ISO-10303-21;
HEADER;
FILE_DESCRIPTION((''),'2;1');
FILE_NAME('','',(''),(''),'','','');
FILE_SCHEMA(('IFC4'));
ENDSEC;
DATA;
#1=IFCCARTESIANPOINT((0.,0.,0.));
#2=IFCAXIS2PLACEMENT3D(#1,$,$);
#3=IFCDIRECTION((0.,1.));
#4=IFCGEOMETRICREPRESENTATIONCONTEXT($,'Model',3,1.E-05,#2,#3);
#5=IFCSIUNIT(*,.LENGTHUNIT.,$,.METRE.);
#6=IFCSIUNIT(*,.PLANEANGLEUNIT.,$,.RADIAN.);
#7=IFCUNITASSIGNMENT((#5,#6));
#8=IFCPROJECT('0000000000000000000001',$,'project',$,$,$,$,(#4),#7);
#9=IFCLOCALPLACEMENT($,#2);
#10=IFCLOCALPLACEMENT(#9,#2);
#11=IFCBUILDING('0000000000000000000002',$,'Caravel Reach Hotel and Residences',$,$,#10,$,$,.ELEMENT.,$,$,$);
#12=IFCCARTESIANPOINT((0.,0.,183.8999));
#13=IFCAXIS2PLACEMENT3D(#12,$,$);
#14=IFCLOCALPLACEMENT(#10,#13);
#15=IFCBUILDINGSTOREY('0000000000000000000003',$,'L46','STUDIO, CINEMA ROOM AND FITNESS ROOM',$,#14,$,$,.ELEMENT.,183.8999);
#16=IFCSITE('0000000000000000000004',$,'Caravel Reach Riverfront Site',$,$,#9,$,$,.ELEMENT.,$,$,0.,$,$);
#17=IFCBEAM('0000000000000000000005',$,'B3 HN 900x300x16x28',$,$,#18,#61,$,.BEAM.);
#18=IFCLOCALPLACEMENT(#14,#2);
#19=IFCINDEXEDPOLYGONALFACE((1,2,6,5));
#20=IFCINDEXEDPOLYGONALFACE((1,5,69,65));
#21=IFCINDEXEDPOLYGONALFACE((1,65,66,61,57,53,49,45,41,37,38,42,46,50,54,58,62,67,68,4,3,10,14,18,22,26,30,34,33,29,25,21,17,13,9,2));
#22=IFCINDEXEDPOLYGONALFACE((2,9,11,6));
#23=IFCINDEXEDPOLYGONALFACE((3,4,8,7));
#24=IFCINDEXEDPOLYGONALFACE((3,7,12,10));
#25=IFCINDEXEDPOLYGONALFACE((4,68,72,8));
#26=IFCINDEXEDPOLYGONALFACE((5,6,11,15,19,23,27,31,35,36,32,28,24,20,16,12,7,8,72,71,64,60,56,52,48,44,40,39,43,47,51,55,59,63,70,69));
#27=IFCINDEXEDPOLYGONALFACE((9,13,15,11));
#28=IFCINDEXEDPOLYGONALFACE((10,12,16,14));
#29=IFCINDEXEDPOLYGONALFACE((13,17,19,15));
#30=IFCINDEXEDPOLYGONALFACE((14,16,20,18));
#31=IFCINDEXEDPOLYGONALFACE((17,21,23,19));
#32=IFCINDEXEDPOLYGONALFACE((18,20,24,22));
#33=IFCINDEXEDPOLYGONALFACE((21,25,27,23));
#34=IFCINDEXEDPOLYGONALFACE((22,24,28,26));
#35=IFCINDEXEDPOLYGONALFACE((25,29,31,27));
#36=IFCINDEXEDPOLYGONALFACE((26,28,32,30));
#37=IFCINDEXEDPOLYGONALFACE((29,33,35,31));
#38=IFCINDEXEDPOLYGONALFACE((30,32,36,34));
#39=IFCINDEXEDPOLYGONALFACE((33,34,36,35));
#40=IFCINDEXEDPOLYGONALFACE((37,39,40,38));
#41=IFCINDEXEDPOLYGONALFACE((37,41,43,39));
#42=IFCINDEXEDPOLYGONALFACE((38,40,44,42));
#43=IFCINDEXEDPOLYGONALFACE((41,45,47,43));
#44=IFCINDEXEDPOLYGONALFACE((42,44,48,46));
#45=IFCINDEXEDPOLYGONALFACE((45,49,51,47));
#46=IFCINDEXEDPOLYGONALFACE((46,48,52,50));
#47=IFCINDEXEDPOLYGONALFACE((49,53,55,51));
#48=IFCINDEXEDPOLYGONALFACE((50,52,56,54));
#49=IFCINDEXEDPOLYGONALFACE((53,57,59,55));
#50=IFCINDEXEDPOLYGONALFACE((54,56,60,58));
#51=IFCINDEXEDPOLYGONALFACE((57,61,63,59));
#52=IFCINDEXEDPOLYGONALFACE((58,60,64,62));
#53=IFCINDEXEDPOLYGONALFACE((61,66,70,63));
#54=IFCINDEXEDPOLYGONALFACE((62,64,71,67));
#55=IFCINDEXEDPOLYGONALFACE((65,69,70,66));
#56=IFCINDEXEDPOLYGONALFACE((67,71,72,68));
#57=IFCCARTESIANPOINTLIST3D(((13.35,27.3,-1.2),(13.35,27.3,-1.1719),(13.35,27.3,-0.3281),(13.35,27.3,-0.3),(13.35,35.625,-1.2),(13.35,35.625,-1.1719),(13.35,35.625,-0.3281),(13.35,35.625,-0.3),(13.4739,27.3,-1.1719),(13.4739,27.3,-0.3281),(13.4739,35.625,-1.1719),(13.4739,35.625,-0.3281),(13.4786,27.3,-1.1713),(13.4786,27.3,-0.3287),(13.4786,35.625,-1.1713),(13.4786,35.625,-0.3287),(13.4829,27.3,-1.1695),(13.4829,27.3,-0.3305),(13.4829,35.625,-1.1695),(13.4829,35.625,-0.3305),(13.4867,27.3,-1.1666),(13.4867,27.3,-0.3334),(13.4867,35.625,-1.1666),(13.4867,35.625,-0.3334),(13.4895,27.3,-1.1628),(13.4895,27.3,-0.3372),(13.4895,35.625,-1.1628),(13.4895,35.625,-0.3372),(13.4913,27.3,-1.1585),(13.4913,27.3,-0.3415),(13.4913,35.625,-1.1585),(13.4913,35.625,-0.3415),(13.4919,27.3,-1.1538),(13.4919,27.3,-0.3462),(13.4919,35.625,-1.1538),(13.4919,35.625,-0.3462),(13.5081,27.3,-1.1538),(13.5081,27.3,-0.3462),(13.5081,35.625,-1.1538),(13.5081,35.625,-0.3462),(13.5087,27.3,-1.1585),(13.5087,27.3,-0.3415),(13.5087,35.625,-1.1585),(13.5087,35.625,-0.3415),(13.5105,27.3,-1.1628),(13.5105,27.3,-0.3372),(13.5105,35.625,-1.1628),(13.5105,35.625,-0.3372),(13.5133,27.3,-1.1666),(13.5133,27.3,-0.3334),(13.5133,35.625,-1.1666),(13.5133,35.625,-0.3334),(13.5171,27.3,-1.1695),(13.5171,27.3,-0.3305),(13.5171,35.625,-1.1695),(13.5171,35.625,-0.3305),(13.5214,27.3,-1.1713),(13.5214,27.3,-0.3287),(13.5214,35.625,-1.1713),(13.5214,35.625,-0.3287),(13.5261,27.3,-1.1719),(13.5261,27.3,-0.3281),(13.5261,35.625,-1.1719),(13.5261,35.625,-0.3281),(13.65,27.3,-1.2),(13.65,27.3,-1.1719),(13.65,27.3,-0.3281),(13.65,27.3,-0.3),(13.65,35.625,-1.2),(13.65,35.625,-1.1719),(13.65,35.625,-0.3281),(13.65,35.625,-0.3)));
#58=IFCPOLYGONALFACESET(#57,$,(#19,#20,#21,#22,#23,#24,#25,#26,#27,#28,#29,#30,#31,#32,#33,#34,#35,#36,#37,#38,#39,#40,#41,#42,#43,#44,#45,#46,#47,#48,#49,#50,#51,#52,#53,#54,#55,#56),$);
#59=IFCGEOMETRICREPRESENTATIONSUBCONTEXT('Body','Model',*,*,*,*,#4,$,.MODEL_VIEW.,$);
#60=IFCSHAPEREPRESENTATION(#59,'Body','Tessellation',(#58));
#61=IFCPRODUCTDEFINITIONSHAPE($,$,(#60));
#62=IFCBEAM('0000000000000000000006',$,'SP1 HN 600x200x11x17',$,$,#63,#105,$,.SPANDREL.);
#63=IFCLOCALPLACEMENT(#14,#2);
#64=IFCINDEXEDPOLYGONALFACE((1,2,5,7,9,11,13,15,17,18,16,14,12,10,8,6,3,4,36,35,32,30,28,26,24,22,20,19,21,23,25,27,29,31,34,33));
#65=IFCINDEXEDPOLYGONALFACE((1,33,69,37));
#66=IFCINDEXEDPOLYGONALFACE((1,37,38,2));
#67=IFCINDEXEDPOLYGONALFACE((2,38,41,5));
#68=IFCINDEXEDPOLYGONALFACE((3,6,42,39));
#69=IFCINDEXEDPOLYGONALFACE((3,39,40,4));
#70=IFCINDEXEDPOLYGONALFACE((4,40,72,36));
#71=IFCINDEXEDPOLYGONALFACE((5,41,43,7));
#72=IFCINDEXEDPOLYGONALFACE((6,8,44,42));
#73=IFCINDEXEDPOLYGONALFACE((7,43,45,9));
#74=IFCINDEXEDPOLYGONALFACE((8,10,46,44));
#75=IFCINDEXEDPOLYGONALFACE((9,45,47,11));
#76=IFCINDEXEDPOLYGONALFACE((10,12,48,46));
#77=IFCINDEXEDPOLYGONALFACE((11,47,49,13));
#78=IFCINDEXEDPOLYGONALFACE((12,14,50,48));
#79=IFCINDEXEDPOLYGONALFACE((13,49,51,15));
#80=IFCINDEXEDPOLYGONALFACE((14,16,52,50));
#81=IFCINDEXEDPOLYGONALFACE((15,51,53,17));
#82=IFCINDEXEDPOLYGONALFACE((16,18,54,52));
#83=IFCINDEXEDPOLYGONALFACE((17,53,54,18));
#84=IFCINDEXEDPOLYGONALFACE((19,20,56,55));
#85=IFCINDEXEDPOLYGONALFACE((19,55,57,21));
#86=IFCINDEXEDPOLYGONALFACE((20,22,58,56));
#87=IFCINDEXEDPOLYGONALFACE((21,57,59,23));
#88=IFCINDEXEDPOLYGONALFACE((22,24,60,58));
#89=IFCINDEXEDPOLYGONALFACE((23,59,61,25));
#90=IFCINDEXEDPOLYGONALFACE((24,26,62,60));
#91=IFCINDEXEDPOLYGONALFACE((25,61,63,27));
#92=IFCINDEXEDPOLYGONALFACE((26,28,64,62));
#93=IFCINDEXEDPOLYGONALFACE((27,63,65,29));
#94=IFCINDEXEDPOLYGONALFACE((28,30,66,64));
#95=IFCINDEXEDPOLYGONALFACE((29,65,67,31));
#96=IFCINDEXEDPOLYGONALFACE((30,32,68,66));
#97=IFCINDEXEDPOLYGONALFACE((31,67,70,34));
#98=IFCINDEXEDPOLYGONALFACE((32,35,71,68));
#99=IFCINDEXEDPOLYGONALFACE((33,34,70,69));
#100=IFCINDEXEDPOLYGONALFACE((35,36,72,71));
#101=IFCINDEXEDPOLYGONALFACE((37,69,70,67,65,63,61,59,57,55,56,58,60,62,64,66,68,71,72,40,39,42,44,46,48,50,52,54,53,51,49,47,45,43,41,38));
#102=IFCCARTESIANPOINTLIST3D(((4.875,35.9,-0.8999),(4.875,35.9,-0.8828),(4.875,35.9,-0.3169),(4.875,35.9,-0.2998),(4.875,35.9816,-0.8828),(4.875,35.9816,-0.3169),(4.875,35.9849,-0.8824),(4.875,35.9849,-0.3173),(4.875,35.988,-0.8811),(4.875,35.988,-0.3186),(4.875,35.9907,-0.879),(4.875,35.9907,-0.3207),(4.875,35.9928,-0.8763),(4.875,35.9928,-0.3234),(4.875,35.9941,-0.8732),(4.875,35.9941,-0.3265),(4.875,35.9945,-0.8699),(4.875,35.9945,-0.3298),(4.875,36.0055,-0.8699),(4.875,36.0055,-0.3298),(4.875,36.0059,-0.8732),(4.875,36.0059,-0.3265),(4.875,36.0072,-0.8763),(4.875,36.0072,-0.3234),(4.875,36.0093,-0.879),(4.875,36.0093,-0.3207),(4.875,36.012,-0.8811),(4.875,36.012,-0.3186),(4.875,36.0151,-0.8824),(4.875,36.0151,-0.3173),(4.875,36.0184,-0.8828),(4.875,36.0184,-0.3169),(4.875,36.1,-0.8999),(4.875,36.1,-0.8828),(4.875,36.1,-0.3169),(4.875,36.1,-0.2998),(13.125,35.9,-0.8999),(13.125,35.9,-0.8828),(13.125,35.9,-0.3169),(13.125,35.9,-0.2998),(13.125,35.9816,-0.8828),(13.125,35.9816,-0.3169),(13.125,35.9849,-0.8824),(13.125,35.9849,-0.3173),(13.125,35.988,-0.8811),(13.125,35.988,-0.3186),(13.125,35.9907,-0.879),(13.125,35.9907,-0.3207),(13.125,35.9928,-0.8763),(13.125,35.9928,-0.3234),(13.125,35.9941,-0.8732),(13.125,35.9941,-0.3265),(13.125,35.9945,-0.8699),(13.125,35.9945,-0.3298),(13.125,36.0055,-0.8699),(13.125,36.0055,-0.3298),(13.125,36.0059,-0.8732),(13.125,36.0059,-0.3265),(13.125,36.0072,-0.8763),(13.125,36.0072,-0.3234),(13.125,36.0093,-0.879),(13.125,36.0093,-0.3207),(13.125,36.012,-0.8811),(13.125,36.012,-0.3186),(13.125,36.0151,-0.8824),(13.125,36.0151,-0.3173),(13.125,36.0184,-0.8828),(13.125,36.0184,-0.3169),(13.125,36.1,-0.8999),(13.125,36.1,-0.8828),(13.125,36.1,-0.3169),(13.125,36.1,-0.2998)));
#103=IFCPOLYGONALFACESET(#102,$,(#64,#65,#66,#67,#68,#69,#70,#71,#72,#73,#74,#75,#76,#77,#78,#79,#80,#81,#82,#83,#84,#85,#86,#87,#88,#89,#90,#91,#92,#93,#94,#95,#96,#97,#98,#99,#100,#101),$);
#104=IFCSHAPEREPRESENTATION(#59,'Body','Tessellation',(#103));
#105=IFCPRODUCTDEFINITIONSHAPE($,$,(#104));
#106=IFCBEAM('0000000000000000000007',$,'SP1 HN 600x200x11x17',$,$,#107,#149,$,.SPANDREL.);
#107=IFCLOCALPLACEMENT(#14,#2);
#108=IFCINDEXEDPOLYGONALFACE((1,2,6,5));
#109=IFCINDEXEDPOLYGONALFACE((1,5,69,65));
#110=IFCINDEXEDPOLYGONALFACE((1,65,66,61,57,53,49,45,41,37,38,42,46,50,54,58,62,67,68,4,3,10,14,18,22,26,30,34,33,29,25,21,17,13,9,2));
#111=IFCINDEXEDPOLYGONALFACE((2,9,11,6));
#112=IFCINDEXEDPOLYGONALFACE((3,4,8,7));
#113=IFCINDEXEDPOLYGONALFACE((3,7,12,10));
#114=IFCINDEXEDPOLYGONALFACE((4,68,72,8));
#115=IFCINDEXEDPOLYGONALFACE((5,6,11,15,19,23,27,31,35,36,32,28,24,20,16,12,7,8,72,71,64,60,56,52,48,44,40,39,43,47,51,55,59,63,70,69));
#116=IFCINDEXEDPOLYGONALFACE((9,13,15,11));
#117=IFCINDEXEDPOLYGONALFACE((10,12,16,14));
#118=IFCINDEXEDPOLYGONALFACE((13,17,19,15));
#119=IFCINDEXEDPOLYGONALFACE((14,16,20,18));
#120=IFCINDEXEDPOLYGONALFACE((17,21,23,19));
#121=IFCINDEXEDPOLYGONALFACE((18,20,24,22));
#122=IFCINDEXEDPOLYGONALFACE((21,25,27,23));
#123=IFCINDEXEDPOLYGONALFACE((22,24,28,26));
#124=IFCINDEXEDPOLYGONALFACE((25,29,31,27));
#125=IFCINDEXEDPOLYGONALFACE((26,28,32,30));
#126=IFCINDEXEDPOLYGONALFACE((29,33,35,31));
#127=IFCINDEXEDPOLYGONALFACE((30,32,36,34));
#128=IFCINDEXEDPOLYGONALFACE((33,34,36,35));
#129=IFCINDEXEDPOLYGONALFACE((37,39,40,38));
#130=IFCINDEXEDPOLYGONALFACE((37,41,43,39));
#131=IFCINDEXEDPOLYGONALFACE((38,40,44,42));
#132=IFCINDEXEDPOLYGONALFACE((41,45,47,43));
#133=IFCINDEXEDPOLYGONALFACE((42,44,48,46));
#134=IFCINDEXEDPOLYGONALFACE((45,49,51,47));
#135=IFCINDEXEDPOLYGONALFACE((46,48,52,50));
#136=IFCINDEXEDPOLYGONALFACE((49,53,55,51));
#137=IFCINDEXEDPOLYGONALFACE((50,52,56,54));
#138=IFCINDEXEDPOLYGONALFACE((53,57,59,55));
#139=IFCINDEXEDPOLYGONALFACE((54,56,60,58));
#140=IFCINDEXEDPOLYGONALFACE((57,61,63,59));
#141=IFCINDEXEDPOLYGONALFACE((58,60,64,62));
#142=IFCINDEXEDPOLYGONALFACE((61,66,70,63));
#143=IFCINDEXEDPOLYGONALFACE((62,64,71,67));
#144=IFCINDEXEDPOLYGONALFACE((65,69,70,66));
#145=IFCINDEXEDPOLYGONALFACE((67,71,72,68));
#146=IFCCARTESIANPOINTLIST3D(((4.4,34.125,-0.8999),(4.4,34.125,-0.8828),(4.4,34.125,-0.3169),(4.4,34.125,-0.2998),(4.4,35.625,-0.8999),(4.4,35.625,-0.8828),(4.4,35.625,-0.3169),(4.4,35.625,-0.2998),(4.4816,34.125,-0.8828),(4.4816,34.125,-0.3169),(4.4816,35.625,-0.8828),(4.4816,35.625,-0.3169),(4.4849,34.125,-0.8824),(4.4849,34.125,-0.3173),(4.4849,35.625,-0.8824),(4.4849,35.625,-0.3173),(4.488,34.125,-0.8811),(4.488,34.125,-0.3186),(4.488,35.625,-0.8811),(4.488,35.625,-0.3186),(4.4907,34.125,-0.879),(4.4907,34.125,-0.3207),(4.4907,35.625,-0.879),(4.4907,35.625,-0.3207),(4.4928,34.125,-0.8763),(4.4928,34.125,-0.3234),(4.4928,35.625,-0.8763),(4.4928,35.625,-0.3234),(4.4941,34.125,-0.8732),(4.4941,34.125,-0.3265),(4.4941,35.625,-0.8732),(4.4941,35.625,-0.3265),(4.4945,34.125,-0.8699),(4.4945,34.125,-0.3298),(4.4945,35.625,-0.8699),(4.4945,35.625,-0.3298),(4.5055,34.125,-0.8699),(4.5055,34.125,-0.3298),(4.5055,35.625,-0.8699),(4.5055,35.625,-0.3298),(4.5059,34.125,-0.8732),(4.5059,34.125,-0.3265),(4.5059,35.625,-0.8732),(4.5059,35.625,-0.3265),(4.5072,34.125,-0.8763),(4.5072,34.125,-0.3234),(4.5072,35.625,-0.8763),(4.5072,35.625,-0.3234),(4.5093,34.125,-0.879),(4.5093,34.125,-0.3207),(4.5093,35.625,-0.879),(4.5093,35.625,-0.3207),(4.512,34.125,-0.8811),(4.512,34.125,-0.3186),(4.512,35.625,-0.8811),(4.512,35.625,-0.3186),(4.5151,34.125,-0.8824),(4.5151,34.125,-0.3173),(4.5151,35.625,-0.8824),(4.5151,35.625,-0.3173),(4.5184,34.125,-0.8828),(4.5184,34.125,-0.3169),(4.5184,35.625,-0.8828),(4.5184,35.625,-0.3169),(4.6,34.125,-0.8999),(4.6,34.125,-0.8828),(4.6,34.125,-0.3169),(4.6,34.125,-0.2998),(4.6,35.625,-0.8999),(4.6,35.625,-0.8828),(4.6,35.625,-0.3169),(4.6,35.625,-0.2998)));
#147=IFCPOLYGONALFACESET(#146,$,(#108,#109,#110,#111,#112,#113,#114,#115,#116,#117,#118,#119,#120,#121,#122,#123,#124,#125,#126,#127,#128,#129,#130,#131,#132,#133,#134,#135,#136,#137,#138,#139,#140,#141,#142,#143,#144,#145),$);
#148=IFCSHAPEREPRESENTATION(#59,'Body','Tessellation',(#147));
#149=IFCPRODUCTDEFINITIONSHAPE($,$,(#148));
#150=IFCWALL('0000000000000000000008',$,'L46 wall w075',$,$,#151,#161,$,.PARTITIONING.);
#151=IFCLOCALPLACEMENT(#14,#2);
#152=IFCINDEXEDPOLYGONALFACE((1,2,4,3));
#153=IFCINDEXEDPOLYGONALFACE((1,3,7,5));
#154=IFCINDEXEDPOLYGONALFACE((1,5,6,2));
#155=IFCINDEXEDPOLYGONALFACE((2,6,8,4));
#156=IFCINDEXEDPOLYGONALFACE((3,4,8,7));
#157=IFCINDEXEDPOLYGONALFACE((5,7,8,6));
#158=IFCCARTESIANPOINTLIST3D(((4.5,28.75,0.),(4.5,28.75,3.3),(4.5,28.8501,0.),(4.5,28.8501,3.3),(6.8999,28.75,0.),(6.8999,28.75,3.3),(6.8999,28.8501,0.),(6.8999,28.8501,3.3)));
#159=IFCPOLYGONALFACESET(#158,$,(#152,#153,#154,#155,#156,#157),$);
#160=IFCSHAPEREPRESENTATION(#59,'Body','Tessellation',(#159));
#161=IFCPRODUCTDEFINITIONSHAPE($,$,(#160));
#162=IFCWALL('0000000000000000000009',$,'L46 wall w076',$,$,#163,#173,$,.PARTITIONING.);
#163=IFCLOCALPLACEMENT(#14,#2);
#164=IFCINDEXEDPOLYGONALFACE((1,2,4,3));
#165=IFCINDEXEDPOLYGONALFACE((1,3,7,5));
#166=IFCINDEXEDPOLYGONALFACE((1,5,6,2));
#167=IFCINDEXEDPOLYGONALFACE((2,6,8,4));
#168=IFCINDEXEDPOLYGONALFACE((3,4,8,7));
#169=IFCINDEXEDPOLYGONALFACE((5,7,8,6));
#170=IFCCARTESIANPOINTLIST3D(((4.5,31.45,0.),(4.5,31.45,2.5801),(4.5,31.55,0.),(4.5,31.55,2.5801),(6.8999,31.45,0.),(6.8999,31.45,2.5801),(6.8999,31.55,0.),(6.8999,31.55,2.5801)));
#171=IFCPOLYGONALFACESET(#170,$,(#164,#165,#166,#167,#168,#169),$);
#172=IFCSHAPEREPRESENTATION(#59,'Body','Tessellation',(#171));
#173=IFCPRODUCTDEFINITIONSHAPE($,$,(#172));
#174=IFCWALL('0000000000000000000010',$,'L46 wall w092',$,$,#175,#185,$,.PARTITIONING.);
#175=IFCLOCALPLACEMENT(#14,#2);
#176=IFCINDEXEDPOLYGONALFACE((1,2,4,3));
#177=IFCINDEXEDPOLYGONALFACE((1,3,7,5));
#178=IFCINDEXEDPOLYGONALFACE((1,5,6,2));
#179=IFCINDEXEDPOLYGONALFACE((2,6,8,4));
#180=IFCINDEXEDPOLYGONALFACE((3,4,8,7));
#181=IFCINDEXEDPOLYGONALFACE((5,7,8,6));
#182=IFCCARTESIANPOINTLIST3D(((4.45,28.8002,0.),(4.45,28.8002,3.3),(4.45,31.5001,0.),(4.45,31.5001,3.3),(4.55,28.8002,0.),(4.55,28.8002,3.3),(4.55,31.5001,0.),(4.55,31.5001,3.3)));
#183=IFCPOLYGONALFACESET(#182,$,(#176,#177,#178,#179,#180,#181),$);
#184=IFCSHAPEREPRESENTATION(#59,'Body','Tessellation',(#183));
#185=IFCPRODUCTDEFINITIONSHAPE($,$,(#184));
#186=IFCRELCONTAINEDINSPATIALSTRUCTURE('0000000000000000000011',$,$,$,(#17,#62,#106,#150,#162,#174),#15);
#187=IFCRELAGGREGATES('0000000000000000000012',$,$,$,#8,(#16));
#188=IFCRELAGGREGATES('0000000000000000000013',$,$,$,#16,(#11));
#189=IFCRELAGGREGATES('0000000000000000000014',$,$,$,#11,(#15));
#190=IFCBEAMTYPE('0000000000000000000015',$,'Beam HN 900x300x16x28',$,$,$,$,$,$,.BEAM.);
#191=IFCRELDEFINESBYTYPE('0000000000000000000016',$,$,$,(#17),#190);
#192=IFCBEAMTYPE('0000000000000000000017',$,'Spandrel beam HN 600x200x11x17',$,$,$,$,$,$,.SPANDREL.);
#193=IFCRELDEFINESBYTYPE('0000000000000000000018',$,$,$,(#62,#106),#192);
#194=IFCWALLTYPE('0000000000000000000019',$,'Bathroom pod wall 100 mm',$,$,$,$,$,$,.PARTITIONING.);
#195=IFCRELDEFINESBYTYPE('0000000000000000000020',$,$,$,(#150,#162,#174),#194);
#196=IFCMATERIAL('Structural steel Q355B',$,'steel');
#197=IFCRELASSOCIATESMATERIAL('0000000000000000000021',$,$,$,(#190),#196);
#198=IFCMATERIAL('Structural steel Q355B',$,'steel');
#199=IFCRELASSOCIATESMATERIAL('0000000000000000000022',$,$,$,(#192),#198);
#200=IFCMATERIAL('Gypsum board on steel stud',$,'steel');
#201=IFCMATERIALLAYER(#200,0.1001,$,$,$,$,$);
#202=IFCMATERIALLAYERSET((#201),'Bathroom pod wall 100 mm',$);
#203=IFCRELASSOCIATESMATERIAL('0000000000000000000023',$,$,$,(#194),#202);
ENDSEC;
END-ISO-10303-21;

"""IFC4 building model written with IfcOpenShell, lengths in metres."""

from ifc_helpers import new_model, si_unit, direction, frame, frame_2d, origin, origin_2d, place, context, subcontext, project, spatial, rectangle, i_section, extrude, material, layer, layer_set, material_profile, profile_set, type_object, element, save


model = new_model("IFC4")

# Units and contexts
model_context = context("Model", 3, precision=1e-05, world=origin(), true_north=direction((0.0, 1.0)))
body_context = subcontext(model_context, "Body", "Model", "MODEL_VIEW")
ifc_project = project(units=[si_unit("LENGTHUNIT", "METRE"), si_unit("PLANEANGLEUNIT", "RADIAN")], contexts=[model_context])

# Site, building, storey
site_placement = place(None, origin())
site = spatial("IfcSite", under=ifc_project, at=site_placement, Name="Caravel Reach Riverfront Site", CompositionType="ELEMENT", RefElevation=0.0)
building_placement = place(site_placement, origin())
building = spatial("IfcBuilding", under=site, at=building_placement, Name="Caravel Reach Hotel and Residences", CompositionType="ELEMENT")
storey_placement = place(building_placement, frame((0.0, 0.0, 183.8999)))
storey = spatial("IfcBuildingStorey", under=building, at=storey_placement, Name="L46", Description="STUDIO, CINEMA ROOM AND FITNESS ROOM", CompositionType="ELEMENT", Elevation=183.8999)

# Beams
ifc_material_1 = material(Name="Structural steel Q355B", Category="steel")
ifc_material_profile_1 = material_profile(ifc_material_1, i_section(OverallWidth=0.3, OverallDepth=0.8999, WebThickness=0.0161, FlangeThickness=0.0281, FilletRadius=0.0181, at=origin_2d()), Name="HN 900x300x16x28")
ifc_profile_set_1 = profile_set([ifc_material_profile_1], Name="Structural steel Q355B")
beam_type_1 = type_object("IfcBeamType", Name="Beam HN 900x300x16x28", PredefinedType="BEAM", material=ifc_profile_set_1)
beam_1_placement = place(storey_placement, frame((13.5, 27.3, -0.75), z_axis=(0.0, 1.0, 0.0), x_axis=(-1.0, 0.0, 0.0)))
element("IfcBeam", 1, at=beam_1_placement, inside=storey, type_object=beam_type_1, Name="B3 HN 900x300x16x28", PredefinedType="BEAM", context=body_context, shape_type="SweptSolid", body=[
    extrude(i_section(OverallWidth=0.3, OverallDepth=0.8999, WebThickness=0.0161, FlangeThickness=0.0281, FilletRadius=0.0181, at=origin_2d()), origin(), (0.0, 0.0, 1.0), 8.325),
])
ifc_material_2 = material(Name="Structural steel Q355B", Category="steel")
ifc_material_profile_2 = material_profile(ifc_material_2, i_section(OverallWidth=0.2, OverallDepth=0.6001, WebThickness=0.011, FlangeThickness=0.0171, FilletRadius=0.0129, at=origin_2d()), Name="HN 600x200x11x17")
ifc_profile_set_2 = profile_set([ifc_material_profile_2], Name="Structural steel Q355B")
beam_type_2 = type_object("IfcBeamType", Name="Spandrel beam HN 600x200x11x17", PredefinedType="SPANDREL", material=ifc_profile_set_2)
beam_2_placement = place(storey_placement, frame((13.125, 36.0, -0.5999), z_axis=(-1.0, 0.0, 0.0), x_axis=(0.0, -1.0, 0.0)))
element("IfcBeam", 2, at=beam_2_placement, inside=storey, type_object=beam_type_2, Name="SP1 HN 600x200x11x17", PredefinedType="SPANDREL", context=body_context, shape_type="SweptSolid", body=[
    extrude(i_section(OverallWidth=0.2, OverallDepth=0.6001, WebThickness=0.011, FlangeThickness=0.0171, FilletRadius=0.0129, at=origin_2d()), origin(), (0.0, 0.0, 1.0), 8.25),
])
beam_3_placement = place(storey_placement, frame((4.5, 35.625, -0.5999), z_axis=(0.0, -1.0, 0.0), x_axis=(1.0, 0.0, 0.0)))
element("IfcBeam", 3, at=beam_3_placement, inside=storey, type_object=beam_type_2, Name="SP1 HN 600x200x11x17", PredefinedType="SPANDREL", context=body_context, shape_type="SweptSolid", body=[
    extrude(i_section(OverallWidth=0.2, OverallDepth=0.6001, WebThickness=0.011, FlangeThickness=0.0171, FilletRadius=0.0129, at=origin_2d()), origin(), (0.0, 0.0, 1.0), 1.5),
])

# Walls
ifc_material_3 = material(Name="Gypsum board on steel stud", Category="steel")
ifc_layer_1 = layer(ifc_material_3, 0.1001)
ifc_layer_set_1 = layer_set([ifc_layer_1], Name="Bathroom pod wall 100 mm")
wall_type_1 = type_object("IfcWallType", Name="Bathroom pod wall 100 mm", PredefinedType="PARTITIONING", material=ifc_layer_set_1)
wall_1_placement = place(storey_placement, frame((4.5, 28.8, 0.0), z_axis=(0.0, 0.0, 1.0), x_axis=(1.0, 0.0, 0.0)))
element("IfcWall", 4, at=wall_1_placement, inside=storey, type_object=wall_type_1, Name="L46 wall w075", PredefinedType="PARTITIONING", context=body_context, shape_type="SweptSolid", body=[
    extrude(rectangle(XDim=2.3999, YDim=0.1001, at=frame_2d((1.2, 0.0))), origin(), (0.0, 0.0, 1.0), 3.3),
])
wall_2_placement = place(storey_placement, frame((4.5, 31.5, 0.0), z_axis=(0.0, 0.0, 1.0), x_axis=(1.0, 0.0, 0.0)))
element("IfcWall", 5, at=wall_2_placement, inside=storey, type_object=wall_type_1, Name="L46 wall w076", PredefinedType="PARTITIONING", context=body_context, shape_type="SweptSolid", body=[
    extrude(rectangle(XDim=2.3999, YDim=0.1001, at=frame_2d((1.2, 0.0))), origin(), (0.0, 0.0, 1.0), 2.5801),
])
wall_3_placement = place(storey_placement, frame((4.5, 28.8, 0.0), z_axis=(0.0, 0.0, 1.0), x_axis=(0.0, 1.0, 0.0)))
element("IfcWall", 6, at=wall_3_placement, inside=storey, type_object=wall_type_1, Name="L46 wall w092", PredefinedType="PARTITIONING", context=body_context, shape_type="SweptSolid", body=[
    extrude(rectangle(XDim=2.7, YDim=0.1001, at=frame_2d((1.3501, 0.0))), origin(), (0.0, 0.0, 1.0), 3.3),
])

save(model, "model.ifc")
